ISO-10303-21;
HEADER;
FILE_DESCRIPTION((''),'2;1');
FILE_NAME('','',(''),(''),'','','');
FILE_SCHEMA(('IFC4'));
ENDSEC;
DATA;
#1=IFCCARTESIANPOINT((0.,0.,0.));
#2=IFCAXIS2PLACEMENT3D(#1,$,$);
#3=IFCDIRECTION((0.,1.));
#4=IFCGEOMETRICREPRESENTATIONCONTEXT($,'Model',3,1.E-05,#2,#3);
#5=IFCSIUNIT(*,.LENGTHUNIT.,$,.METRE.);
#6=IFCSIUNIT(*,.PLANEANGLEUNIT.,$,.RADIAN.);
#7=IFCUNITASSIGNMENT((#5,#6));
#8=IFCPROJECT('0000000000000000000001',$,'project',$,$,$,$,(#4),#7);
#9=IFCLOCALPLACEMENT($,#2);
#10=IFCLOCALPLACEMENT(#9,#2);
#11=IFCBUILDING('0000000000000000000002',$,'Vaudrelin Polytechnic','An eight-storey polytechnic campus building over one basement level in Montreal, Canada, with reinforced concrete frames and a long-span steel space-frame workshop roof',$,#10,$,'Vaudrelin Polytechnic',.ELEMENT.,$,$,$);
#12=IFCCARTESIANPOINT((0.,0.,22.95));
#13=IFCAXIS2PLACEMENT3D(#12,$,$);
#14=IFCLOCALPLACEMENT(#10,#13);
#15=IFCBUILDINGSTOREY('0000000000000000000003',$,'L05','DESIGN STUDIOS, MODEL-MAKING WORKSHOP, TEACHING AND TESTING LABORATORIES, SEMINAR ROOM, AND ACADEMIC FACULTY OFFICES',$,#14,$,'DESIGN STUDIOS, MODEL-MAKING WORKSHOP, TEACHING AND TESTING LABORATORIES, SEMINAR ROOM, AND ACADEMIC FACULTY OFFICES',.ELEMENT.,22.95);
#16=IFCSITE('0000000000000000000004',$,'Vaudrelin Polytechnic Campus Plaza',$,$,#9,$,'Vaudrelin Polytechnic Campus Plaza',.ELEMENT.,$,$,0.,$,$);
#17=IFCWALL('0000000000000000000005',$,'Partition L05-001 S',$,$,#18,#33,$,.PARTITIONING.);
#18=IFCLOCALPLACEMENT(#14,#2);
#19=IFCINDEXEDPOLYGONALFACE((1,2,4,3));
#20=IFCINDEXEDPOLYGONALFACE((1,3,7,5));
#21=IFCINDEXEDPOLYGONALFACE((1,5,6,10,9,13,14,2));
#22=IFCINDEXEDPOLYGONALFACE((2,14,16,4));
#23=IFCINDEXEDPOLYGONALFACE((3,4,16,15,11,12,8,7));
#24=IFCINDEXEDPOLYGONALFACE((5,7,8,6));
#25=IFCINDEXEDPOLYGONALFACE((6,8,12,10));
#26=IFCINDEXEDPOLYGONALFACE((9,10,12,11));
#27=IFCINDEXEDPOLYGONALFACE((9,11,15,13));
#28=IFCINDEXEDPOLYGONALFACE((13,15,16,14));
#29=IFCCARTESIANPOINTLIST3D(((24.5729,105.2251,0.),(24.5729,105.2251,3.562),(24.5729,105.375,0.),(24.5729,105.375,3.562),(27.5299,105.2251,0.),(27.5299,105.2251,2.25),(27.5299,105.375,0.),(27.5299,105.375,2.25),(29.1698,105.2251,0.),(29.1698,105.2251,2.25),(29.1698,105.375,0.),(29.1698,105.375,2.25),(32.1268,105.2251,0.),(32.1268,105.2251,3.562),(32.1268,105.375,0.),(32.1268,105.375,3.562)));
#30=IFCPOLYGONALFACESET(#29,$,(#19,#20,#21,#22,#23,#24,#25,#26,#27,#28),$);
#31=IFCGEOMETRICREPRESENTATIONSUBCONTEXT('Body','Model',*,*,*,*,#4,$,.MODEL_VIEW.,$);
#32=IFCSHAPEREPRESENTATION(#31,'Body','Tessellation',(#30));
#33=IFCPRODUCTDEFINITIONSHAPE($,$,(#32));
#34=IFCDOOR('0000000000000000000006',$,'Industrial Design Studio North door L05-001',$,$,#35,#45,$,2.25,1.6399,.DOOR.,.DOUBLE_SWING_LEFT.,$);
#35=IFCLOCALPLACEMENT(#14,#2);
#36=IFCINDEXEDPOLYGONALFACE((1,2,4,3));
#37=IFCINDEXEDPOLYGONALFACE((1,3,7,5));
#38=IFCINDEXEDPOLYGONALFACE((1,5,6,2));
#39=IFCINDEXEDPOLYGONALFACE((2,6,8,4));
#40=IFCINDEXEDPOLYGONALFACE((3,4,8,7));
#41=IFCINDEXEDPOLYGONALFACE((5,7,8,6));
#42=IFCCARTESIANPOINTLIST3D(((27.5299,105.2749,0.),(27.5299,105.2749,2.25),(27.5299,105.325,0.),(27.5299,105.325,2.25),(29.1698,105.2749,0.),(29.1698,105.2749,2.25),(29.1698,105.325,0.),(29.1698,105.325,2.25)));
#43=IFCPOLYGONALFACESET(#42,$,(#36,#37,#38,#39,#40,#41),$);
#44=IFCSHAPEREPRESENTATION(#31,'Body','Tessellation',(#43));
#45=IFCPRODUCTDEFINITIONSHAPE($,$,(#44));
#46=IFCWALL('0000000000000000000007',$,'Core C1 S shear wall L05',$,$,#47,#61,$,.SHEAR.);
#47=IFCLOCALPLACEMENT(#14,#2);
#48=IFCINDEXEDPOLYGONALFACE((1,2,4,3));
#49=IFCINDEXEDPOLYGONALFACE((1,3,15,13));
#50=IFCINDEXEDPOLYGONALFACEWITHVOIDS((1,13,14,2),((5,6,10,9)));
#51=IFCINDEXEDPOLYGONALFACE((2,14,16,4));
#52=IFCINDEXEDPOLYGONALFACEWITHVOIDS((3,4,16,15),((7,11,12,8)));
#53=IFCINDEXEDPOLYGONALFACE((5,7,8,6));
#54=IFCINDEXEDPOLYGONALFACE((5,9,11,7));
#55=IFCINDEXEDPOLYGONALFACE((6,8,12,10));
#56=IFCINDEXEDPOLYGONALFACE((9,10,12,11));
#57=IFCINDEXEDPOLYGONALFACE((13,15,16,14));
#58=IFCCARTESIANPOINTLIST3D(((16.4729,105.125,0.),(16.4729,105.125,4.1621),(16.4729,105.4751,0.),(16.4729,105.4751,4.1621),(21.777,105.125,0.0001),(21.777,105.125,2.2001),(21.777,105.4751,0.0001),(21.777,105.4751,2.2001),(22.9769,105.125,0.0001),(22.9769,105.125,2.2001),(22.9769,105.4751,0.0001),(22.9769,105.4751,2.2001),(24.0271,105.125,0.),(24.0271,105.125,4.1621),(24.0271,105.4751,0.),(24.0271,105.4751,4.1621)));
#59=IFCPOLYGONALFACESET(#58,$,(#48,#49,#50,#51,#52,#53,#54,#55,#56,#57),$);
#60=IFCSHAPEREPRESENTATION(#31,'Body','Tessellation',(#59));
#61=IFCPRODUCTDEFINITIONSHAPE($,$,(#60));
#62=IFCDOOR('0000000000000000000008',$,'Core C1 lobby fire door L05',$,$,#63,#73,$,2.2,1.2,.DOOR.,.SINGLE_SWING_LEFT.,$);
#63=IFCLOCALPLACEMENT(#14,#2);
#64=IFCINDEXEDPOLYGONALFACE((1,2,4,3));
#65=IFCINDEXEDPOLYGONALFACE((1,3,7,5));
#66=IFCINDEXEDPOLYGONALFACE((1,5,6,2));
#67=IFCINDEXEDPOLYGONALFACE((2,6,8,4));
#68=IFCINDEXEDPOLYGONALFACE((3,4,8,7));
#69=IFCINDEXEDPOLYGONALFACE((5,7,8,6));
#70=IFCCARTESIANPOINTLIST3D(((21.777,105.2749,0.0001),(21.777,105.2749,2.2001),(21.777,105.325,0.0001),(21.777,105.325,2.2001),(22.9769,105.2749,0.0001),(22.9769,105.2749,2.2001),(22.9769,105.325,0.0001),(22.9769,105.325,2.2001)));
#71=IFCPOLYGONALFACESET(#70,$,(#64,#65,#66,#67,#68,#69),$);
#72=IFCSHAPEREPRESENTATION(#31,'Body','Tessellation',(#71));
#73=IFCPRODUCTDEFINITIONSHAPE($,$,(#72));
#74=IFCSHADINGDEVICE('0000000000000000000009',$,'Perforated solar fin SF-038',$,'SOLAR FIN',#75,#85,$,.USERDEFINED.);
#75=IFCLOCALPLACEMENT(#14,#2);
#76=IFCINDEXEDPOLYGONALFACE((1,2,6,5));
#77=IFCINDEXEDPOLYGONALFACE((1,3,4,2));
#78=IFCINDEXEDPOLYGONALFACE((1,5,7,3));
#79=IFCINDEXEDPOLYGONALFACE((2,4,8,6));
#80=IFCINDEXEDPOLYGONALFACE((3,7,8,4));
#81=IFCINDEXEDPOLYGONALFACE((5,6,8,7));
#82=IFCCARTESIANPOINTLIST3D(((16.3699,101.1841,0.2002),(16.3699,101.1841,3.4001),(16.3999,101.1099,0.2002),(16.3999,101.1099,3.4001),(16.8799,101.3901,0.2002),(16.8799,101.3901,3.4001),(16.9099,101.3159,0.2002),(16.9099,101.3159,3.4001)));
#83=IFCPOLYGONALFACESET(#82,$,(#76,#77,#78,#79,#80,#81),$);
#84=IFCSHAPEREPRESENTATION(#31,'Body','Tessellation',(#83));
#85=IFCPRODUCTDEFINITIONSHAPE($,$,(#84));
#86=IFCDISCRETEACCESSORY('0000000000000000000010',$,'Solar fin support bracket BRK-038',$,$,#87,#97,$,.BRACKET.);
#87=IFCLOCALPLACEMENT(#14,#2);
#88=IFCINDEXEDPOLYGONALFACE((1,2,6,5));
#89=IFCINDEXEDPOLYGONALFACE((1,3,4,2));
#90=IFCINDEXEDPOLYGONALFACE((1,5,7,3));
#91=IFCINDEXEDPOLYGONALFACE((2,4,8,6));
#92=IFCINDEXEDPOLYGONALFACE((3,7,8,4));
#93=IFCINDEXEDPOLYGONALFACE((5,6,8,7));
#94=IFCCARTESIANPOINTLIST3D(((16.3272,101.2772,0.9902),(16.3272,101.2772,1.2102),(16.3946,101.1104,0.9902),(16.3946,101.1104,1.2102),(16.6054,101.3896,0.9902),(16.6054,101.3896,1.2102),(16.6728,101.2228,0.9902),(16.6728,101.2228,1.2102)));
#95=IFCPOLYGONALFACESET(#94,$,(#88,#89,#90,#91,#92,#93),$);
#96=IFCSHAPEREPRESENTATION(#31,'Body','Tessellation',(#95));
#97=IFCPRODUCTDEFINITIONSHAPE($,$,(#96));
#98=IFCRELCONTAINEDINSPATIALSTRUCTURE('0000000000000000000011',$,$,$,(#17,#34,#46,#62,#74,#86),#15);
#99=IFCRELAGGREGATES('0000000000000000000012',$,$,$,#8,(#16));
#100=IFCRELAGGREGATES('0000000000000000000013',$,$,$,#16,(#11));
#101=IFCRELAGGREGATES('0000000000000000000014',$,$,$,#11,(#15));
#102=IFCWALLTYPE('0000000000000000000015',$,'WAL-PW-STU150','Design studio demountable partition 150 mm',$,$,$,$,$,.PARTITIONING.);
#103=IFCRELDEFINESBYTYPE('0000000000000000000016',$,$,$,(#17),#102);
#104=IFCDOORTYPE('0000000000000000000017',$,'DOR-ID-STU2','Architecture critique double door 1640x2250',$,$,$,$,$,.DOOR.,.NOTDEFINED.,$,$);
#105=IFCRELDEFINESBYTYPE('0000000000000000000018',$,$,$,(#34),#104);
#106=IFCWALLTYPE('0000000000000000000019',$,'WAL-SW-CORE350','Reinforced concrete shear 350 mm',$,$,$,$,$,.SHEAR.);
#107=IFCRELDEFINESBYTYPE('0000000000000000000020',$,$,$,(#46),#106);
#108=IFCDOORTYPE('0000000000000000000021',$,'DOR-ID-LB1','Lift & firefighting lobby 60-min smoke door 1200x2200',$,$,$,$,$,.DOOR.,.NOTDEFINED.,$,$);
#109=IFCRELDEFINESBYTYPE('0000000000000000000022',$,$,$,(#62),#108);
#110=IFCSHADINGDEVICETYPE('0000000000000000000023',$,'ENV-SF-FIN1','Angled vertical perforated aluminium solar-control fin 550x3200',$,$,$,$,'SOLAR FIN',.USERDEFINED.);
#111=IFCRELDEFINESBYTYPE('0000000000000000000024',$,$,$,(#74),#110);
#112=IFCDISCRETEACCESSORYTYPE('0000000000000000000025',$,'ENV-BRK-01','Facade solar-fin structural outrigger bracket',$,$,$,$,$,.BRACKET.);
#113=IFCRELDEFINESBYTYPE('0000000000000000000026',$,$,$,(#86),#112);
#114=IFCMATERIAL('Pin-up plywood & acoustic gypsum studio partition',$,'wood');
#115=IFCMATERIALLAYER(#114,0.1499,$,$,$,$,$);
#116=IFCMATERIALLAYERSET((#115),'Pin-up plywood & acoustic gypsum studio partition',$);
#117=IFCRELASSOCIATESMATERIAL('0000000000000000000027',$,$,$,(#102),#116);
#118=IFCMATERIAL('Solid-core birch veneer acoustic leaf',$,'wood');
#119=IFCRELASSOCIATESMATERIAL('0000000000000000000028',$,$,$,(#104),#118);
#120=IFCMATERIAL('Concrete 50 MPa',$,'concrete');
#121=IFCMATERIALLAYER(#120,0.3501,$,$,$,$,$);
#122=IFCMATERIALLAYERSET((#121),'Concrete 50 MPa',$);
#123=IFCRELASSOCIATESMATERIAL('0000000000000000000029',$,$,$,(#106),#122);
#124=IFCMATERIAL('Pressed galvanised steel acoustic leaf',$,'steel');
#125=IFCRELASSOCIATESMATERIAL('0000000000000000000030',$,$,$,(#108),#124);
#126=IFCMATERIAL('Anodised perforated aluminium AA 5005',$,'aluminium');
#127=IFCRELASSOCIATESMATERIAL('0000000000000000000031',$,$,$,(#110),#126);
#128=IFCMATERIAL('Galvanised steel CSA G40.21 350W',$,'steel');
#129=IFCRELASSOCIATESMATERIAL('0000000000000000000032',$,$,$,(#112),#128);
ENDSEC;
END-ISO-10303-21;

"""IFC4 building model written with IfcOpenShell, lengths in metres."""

from ifc_helpers import new_model, si_unit, direction, frame, frame_2d, origin, origin_2d, place, context, subcontext, project, spatial, rectangle, extrude, material, layer, layer_set, type_object, element, fill, save


model = new_model("IFC4")

# Units and contexts
model_context = context("Model", 3, precision=1e-05, world=origin(), true_north=direction((0.0, 1.0)))
body_context = subcontext(model_context, "Body", "Model", "MODEL_VIEW")
ifc_project = project(units=[si_unit("LENGTHUNIT", "METRE"), si_unit("PLANEANGLEUNIT", "RADIAN")], contexts=[model_context])

# Site, building, storey
site_placement = place(None, origin())
site = spatial("IfcSite", under=ifc_project, at=site_placement, Name="Vaudrelin Polytechnic Campus Plaza", LongName="Vaudrelin Polytechnic Campus Plaza", CompositionType="ELEMENT", RefElevation=0.0)
building_placement = place(site_placement, origin())
building = spatial("IfcBuilding", under=site, at=building_placement, Name="Vaudrelin Polytechnic", Description="An eight-storey polytechnic campus building over one basement level in Montreal, Canada, with reinforced concrete frames and a long-span steel space-frame workshop roof", LongName="Vaudrelin Polytechnic", CompositionType="ELEMENT")
storey_placement = place(building_placement, frame((0.0, 0.0, 22.95)))
storey = spatial("IfcBuildingStorey", under=building, at=storey_placement, Name="L05", Description="DESIGN STUDIOS, MODEL-MAKING WORKSHOP, TEACHING AND TESTING LABORATORIES, SEMINAR ROOM, AND ACADEMIC FACULTY OFFICES", LongName="DESIGN STUDIOS, MODEL-MAKING WORKSHOP, TEACHING AND TESTING LABORATORIES, SEMINAR ROOM, AND ACADEMIC FACULTY OFFICES", CompositionType="ELEMENT", Elevation=22.95)

# Shared definitions
ifc_material_1 = material(Name="Concrete 50 MPa", Category="concrete")

# Walls, openings, doors
ifc_material_2 = material(Name="Pin-up plywood & acoustic gypsum studio partition", Category="wood")
ifc_layer_1 = layer(ifc_material_2, 0.1499)
ifc_layer_set_1 = layer_set([ifc_layer_1], Name="Pin-up plywood & acoustic gypsum studio partition")
wall_type_1 = type_object("IfcWallType", Name="WAL-PW-STU150", Description="Design studio demountable partition 150 mm", PredefinedType="PARTITIONING", material=ifc_layer_set_1)
wall_1_placement = place(storey_placement, frame((24.573, 105.3, 0.0), z_axis=(0.0, 0.0, 1.0), x_axis=(1.0, 0.0, 0.0)))
wall_1 = element("IfcWall", 1, at=wall_1_placement, inside=storey, type_object=wall_type_1, Name="Partition L05-001 S", PredefinedType="PARTITIONING", context=body_context, shape_type="SweptSolid", body=[
    extrude(rectangle(XDim=7.554, YDim=0.1499, at=frame_2d((3.7769, 0.0))), origin(), (0.0, 0.0, 1.0), 3.562),
])
opening_1_placement = place(wall_1_placement, frame((2.957, 0.0, 0.0)))
opening_1 = element("IfcOpeningElement", 2, at=opening_1_placement, cuts=wall_1, PredefinedType="OPENING", context=body_context, shape_type="SweptSolid", body=[
    extrude(rectangle(XDim=1.6399, YDim=2.25, at=frame_2d((0.8198, 1.125))), frame((0.0, 0.085, 0.0), z_axis=(0.0, -1.0, 0.0), x_axis=(1.0, 0.0, 0.0)), (0.0, 0.0, 1.0), 0.1699),
])
ifc_material_3 = material(Name="Solid-core birch veneer acoustic leaf", Category="wood")
door_type_1 = type_object("IfcDoorType", Name="DOR-ID-STU2", Description="Architecture critique double door 1640x2250", OperationType="NOTDEFINED", PredefinedType="DOOR", material=ifc_material_3)
door_1_placement = place(opening_1_placement, origin())
door_1 = element("IfcDoor", 3, at=door_1_placement, inside=storey, type_object=door_type_1, Name="Industrial Design Studio North door L05-001", OperationType="DOUBLE_SWING_LEFT", OverallHeight=2.25, OverallWidth=1.6399, PredefinedType="DOOR", context=body_context, shape_type="SweptSolid", body=[
    extrude(rectangle(XDim=1.6399, YDim=2.25, at=frame_2d((0.8198, 1.125))), frame((0.0, 0.0249, 0.0), z_axis=(0.0, -1.0, 0.0), x_axis=(1.0, 0.0, 0.0)), (0.0, 0.0, 1.0), 0.05),
])
fill(opening_1, door_1)
ifc_layer_2 = layer(ifc_material_1, 0.3501)
ifc_layer_set_2 = layer_set([ifc_layer_2], Name="Concrete 50 MPa")
wall_type_2 = type_object("IfcWallType", Name="WAL-SW-CORE350", Description="Reinforced concrete shear 350 mm", PredefinedType="SHEAR", material=ifc_layer_set_2)
wall_2_placement = place(storey_placement, frame((16.4729, 105.3, 0.0), z_axis=(0.0, 0.0, 1.0), x_axis=(1.0, 0.0, 0.0)))
wall_2 = element("IfcWall", 4, at=wall_2_placement, inside=storey, type_object=wall_type_2, Name="Core C1 S shear wall L05", PredefinedType="SHEAR", context=body_context, shape_type="SweptSolid", body=[
    extrude(rectangle(XDim=7.5542, YDim=0.3501, at=frame_2d((3.7771, 0.0))), origin(), (0.0, 0.0, 1.0), 4.1621),
])
opening_2_placement = place(wall_2_placement, frame((5.304, 0.0, 0.0)))
opening_2 = element("IfcOpeningElement", 5, at=opening_2_placement, cuts=wall_2, PredefinedType="OPENING", context=body_context, shape_type="SweptSolid", body=[
    extrude(rectangle(XDim=1.2, YDim=2.2, at=frame_2d((0.6001, 1.1001))), frame((0.0, 0.1851, 0.0), z_axis=(0.0, -1.0, 0.0), x_axis=(1.0, 0.0, 0.0)), (0.0, 0.0, 1.0), 0.3701),
])
ifc_material_4 = material(Name="Pressed galvanised steel acoustic leaf", Category="steel")
door_type_2 = type_object("IfcDoorType", Name="DOR-ID-LB1", Description="Lift & firefighting lobby 60-min smoke door 1200x2200", OperationType="NOTDEFINED", PredefinedType="DOOR", material=ifc_material_4)
door_2_placement = place(opening_2_placement, origin())
door_2 = element("IfcDoor", 6, at=door_2_placement, inside=storey, type_object=door_type_2, Name="Core C1 lobby fire door L05", OperationType="SINGLE_SWING_LEFT", OverallHeight=2.2, OverallWidth=1.2, PredefinedType="DOOR", context=body_context, shape_type="SweptSolid", body=[
    extrude(rectangle(XDim=1.2, YDim=2.2, at=frame_2d((0.6001, 1.1001))), frame((0.0, 0.0249, 0.0), z_axis=(0.0, -1.0, 0.0), x_axis=(1.0, 0.0, 0.0)), (0.0, 0.0, 1.0), 0.05),
])
fill(opening_2, door_2)

# Shading device
ifc_material_5 = material(Name="Anodised perforated aluminium AA 5005", Category="aluminium")
shading_device_type = type_object("IfcShadingDeviceType", Name="ENV-SF-FIN1", Description="Angled vertical perforated aluminium solar-control fin 550x3200", ElementType="SOLAR FIN", PredefinedType="USERDEFINED", material=ifc_material_5)
shading_device_placement = place(storey_placement, frame((16.6399, 101.25, 0.2002), z_axis=(0.0, 0.0, 1.0), x_axis=(0.927184, 0.374607, 0.0)))
element("IfcShadingDevice", 7, at=shading_device_placement, inside=storey, type_object=shading_device_type, Name="Perforated solar fin SF-038", ObjectType="SOLAR FIN", PredefinedType="USERDEFINED", context=body_context, shape_type="SweptSolid", body=[
    extrude(rectangle(XDim=0.55, YDim=0.0801, at=origin_2d()), origin(), (0.0, 0.0, 1.0), 3.2),
])

# Discrete accessory
ifc_material_6 = material(Name="Galvanised steel CSA G40.21 350W", Category="steel")
discrete_accessory_type = type_object("IfcDiscreteAccessoryType", Name="ENV-BRK-01", Description="Facade solar-fin structural outrigger bracket", PredefinedType="BRACKET", material=ifc_material_6)
discrete_accessory_placement = place(storey_placement, frame((16.5, 101.25, 0.9902), z_axis=(0.0, 0.0, 1.0), x_axis=(0.927184, 0.374607, 0.0)))
element("IfcDiscreteAccessory", 8, at=discrete_accessory_placement, inside=storey, type_object=discrete_accessory_type, Name="Solar fin support bracket BRK-038", PredefinedType="BRACKET", context=body_context, shape_type="SweptSolid", body=[
    extrude(rectangle(XDim=0.3, YDim=0.1799, at=origin_2d()), origin(), (0.0, 0.0, 1.0), 0.22),
])

save(model, "model.ifc")
